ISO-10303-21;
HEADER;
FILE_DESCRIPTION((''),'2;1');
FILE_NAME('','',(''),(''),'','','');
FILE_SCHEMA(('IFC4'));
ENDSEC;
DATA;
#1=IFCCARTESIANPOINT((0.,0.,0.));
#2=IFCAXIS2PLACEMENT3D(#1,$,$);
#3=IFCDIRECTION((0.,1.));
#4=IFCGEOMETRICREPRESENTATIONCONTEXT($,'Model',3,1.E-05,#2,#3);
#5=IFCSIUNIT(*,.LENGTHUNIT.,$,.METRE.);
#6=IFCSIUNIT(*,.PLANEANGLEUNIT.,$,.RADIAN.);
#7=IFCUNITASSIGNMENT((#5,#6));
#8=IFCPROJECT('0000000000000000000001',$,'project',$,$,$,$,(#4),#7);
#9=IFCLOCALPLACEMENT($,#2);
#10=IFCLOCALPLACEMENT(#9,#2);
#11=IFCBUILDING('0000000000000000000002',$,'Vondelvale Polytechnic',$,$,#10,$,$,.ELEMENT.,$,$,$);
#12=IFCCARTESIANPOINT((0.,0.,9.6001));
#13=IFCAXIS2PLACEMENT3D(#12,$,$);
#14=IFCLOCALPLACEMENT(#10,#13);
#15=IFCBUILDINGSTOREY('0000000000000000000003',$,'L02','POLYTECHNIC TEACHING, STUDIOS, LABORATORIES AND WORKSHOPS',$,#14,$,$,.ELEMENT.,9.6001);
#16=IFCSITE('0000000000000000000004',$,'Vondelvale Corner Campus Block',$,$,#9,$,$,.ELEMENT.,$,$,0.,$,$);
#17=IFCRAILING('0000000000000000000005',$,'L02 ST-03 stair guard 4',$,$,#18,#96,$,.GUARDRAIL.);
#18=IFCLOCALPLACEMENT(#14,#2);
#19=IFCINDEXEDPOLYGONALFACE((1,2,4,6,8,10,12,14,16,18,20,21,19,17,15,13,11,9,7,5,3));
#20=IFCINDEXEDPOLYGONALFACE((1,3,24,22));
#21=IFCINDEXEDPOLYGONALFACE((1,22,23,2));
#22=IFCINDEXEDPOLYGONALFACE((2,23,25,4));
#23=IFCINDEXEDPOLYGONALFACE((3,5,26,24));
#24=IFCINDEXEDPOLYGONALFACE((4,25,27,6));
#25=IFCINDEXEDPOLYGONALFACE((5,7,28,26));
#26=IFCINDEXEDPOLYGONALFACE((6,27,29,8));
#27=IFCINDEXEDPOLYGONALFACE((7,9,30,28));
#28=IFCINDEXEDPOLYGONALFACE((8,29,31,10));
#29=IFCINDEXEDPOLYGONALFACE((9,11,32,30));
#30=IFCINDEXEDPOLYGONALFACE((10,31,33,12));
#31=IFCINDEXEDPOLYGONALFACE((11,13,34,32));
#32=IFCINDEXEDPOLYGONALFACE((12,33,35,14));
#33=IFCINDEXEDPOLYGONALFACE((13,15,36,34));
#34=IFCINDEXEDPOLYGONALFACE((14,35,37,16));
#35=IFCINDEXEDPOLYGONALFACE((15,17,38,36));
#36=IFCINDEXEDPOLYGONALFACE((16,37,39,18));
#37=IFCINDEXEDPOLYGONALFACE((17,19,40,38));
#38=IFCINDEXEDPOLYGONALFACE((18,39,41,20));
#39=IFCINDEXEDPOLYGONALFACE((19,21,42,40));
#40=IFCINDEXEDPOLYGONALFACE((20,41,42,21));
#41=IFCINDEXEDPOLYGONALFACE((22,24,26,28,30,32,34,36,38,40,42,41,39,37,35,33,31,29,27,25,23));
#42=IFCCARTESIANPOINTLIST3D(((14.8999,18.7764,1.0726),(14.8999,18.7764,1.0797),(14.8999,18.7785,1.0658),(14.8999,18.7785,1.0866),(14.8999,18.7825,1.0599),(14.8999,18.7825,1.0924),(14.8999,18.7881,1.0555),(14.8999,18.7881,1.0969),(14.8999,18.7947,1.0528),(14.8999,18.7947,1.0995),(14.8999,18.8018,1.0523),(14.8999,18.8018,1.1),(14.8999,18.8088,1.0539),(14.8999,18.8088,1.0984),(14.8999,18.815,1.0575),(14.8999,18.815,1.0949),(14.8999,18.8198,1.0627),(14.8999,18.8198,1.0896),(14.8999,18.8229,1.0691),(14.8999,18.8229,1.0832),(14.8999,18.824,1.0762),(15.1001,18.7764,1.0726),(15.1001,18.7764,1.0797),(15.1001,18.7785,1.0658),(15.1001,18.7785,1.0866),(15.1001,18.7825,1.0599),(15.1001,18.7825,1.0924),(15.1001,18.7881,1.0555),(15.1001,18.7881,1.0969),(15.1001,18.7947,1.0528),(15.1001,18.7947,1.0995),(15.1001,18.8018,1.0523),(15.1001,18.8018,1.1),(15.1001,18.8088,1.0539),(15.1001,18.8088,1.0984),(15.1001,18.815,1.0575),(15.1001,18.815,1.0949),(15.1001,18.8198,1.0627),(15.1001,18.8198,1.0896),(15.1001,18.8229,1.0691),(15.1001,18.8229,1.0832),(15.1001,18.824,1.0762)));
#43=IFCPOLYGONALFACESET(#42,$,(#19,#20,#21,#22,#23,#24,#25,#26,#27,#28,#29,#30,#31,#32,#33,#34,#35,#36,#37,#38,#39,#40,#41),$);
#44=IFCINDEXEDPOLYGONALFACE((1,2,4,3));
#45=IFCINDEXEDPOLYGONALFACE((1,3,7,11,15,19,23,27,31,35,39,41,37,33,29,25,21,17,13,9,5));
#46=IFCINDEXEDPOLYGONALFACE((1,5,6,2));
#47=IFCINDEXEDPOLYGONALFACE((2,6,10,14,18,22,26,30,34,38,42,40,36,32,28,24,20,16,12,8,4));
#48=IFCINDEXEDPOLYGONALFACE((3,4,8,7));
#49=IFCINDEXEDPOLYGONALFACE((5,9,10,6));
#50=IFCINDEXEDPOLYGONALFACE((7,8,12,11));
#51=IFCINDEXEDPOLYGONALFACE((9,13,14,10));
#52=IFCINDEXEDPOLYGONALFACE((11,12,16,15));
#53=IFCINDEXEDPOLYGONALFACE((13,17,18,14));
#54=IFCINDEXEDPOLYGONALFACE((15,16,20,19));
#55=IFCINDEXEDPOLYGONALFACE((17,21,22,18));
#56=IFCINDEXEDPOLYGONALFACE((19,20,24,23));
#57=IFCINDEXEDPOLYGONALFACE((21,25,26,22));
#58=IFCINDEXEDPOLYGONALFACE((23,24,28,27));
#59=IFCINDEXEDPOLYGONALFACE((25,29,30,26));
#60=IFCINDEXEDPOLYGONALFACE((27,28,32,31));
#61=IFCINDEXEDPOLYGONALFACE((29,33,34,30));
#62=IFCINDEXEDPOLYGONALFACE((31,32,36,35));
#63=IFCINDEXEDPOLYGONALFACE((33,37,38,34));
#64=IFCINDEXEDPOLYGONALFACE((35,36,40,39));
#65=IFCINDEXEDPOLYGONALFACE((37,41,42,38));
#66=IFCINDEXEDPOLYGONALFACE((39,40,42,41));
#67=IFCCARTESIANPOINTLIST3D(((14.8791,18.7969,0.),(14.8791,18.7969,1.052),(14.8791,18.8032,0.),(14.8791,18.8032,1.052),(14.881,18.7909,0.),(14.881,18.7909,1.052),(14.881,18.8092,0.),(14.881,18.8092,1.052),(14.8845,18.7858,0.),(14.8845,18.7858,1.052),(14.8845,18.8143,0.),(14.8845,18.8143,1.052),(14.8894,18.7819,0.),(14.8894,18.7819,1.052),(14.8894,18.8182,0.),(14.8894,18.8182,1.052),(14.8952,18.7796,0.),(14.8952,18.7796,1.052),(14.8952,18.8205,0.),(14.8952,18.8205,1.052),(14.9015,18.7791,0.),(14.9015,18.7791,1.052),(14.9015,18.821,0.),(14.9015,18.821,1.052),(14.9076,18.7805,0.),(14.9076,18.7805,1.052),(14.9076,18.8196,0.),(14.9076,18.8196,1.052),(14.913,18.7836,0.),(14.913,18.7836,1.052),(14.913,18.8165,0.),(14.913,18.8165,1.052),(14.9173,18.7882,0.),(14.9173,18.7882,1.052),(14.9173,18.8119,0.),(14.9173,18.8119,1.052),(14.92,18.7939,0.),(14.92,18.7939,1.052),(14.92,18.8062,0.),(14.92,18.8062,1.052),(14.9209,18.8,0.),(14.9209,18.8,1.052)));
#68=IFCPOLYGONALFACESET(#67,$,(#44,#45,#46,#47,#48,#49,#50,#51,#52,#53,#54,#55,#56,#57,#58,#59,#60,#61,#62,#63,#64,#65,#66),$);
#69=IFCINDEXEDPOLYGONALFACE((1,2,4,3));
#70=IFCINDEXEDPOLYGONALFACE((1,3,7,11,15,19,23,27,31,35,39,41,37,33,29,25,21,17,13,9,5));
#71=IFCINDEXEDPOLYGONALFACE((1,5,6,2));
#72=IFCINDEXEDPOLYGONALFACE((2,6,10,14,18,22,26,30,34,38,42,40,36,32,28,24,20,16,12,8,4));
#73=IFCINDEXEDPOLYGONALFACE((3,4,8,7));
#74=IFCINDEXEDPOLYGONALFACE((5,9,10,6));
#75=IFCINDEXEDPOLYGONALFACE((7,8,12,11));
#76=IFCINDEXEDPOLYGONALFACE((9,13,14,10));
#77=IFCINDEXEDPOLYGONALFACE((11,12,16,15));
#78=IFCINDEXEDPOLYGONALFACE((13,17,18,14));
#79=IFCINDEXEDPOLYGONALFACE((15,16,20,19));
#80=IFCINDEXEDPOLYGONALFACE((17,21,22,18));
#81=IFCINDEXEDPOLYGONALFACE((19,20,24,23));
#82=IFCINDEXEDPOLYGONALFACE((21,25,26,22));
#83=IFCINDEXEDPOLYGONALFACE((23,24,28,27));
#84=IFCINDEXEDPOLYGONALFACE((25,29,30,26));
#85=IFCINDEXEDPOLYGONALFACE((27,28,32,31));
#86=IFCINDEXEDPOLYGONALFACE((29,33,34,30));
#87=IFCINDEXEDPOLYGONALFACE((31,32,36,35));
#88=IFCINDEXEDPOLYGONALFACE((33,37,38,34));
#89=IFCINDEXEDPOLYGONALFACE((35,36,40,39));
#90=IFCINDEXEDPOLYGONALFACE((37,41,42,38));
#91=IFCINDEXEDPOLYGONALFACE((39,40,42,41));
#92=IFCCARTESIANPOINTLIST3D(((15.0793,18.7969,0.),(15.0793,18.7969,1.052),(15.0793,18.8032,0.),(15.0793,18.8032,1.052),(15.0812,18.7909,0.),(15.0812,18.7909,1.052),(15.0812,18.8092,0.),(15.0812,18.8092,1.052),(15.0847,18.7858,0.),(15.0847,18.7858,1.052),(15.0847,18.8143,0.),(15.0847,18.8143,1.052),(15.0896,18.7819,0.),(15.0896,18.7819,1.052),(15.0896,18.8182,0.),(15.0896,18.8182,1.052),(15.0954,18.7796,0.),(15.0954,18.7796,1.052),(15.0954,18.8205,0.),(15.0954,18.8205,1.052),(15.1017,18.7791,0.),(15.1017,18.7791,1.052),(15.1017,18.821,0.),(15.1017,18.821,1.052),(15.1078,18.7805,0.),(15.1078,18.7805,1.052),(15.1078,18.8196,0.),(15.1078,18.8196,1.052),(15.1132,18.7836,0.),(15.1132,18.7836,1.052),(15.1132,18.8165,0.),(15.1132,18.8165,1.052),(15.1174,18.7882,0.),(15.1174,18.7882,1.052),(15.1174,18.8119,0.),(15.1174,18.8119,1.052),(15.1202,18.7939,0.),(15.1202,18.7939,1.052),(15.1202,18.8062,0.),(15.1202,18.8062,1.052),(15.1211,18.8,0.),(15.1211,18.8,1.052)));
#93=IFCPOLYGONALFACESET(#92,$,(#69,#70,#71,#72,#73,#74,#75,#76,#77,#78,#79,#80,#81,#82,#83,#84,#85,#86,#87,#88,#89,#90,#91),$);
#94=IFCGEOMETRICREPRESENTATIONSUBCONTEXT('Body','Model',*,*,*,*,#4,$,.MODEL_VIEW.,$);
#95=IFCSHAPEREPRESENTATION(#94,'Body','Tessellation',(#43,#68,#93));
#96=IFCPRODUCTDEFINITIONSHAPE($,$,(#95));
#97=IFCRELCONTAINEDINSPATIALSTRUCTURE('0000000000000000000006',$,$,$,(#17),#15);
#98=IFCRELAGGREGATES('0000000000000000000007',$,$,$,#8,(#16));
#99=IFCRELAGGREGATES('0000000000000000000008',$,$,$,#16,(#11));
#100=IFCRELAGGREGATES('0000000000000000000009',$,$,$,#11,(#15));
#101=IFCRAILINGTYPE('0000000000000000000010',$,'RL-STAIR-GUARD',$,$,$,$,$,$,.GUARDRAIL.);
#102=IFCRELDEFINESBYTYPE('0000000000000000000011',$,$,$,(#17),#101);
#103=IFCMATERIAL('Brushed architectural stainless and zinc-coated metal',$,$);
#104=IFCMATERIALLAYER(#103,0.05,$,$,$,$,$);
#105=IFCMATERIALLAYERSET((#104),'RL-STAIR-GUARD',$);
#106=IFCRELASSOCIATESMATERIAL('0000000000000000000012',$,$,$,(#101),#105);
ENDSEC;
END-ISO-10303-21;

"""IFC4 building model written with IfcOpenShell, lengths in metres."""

from ifc_helpers import new_model, si_unit, direction, frame, origin, origin_2d, place, context, subcontext, project, spatial, circle, extrude, material, layer, layer_set, type_object, element, save


model = new_model("IFC4")

# Units and contexts
model_context = context("Model", 3, precision=1e-05, world=origin(), true_north=direction((0.0, 1.0)))
body_context = subcontext(model_context, "Body", "Model", "MODEL_VIEW")
ifc_project = project(units=[si_unit("LENGTHUNIT", "METRE"), si_unit("PLANEANGLEUNIT", "RADIAN")], contexts=[model_context])

# Site, building, storey
site_placement = place(None, origin())
site = spatial("IfcSite", under=ifc_project, at=site_placement, Name="Vondelvale Corner Campus Block", CompositionType="ELEMENT", RefElevation=0.0)
building_placement = place(site_placement, origin())
building = spatial("IfcBuilding", under=site, at=building_placement, Name="Vondelvale Polytechnic", CompositionType="ELEMENT")
storey_placement = place(building_placement, frame((0.0, 0.0, 9.6001)))
storey = spatial("IfcBuildingStorey", under=building, at=storey_placement, Name="L02", Description="POLYTECHNIC TEACHING, STUDIOS, LABORATORIES AND WORKSHOPS", CompositionType="ELEMENT", Elevation=9.6001)

# Shared definitions
ifc_material_1 = material(Name="Brushed architectural stainless and zinc-coated metal")

# Railing
ifc_layer_1 = layer(ifc_material_1, 0.05)
ifc_layer_set_1 = layer_set([ifc_layer_1], Name="RL-STAIR-GUARD")
railing_type_1 = type_object("IfcRailingType", Name="RL-STAIR-GUARD", PredefinedType="GUARDRAIL", material=ifc_layer_set_1)
railing_1_placement = place(storey_placement, frame((14.8999, 18.8, 0.0)))
element("IfcRailing", 1, at=railing_1_placement, inside=storey, type_object=railing_type_1, Name="L02 ST-03 stair guard 4", PredefinedType="GUARDRAIL", context=body_context, shape_type="SweptSolid", body=[
    extrude(circle(Radius=0.0239, at=origin_2d()), frame((0.0, 0.0, 1.0762), z_axis=(1.0, 0.0, 0.0), x_axis=(0.0, 1.0, 0.0)), (0.0, 0.0, 1.0), 0.2002),
    extrude(circle(Radius=0.021, at=origin_2d()), origin(), (0.0, 0.0, 1.0), 1.052),
    extrude(circle(Radius=0.021, at=origin_2d()), frame((0.2002, 0.0, 0.0)), (0.0, 0.0, 1.0), 1.052),
])

save(model, "model.ifc")
